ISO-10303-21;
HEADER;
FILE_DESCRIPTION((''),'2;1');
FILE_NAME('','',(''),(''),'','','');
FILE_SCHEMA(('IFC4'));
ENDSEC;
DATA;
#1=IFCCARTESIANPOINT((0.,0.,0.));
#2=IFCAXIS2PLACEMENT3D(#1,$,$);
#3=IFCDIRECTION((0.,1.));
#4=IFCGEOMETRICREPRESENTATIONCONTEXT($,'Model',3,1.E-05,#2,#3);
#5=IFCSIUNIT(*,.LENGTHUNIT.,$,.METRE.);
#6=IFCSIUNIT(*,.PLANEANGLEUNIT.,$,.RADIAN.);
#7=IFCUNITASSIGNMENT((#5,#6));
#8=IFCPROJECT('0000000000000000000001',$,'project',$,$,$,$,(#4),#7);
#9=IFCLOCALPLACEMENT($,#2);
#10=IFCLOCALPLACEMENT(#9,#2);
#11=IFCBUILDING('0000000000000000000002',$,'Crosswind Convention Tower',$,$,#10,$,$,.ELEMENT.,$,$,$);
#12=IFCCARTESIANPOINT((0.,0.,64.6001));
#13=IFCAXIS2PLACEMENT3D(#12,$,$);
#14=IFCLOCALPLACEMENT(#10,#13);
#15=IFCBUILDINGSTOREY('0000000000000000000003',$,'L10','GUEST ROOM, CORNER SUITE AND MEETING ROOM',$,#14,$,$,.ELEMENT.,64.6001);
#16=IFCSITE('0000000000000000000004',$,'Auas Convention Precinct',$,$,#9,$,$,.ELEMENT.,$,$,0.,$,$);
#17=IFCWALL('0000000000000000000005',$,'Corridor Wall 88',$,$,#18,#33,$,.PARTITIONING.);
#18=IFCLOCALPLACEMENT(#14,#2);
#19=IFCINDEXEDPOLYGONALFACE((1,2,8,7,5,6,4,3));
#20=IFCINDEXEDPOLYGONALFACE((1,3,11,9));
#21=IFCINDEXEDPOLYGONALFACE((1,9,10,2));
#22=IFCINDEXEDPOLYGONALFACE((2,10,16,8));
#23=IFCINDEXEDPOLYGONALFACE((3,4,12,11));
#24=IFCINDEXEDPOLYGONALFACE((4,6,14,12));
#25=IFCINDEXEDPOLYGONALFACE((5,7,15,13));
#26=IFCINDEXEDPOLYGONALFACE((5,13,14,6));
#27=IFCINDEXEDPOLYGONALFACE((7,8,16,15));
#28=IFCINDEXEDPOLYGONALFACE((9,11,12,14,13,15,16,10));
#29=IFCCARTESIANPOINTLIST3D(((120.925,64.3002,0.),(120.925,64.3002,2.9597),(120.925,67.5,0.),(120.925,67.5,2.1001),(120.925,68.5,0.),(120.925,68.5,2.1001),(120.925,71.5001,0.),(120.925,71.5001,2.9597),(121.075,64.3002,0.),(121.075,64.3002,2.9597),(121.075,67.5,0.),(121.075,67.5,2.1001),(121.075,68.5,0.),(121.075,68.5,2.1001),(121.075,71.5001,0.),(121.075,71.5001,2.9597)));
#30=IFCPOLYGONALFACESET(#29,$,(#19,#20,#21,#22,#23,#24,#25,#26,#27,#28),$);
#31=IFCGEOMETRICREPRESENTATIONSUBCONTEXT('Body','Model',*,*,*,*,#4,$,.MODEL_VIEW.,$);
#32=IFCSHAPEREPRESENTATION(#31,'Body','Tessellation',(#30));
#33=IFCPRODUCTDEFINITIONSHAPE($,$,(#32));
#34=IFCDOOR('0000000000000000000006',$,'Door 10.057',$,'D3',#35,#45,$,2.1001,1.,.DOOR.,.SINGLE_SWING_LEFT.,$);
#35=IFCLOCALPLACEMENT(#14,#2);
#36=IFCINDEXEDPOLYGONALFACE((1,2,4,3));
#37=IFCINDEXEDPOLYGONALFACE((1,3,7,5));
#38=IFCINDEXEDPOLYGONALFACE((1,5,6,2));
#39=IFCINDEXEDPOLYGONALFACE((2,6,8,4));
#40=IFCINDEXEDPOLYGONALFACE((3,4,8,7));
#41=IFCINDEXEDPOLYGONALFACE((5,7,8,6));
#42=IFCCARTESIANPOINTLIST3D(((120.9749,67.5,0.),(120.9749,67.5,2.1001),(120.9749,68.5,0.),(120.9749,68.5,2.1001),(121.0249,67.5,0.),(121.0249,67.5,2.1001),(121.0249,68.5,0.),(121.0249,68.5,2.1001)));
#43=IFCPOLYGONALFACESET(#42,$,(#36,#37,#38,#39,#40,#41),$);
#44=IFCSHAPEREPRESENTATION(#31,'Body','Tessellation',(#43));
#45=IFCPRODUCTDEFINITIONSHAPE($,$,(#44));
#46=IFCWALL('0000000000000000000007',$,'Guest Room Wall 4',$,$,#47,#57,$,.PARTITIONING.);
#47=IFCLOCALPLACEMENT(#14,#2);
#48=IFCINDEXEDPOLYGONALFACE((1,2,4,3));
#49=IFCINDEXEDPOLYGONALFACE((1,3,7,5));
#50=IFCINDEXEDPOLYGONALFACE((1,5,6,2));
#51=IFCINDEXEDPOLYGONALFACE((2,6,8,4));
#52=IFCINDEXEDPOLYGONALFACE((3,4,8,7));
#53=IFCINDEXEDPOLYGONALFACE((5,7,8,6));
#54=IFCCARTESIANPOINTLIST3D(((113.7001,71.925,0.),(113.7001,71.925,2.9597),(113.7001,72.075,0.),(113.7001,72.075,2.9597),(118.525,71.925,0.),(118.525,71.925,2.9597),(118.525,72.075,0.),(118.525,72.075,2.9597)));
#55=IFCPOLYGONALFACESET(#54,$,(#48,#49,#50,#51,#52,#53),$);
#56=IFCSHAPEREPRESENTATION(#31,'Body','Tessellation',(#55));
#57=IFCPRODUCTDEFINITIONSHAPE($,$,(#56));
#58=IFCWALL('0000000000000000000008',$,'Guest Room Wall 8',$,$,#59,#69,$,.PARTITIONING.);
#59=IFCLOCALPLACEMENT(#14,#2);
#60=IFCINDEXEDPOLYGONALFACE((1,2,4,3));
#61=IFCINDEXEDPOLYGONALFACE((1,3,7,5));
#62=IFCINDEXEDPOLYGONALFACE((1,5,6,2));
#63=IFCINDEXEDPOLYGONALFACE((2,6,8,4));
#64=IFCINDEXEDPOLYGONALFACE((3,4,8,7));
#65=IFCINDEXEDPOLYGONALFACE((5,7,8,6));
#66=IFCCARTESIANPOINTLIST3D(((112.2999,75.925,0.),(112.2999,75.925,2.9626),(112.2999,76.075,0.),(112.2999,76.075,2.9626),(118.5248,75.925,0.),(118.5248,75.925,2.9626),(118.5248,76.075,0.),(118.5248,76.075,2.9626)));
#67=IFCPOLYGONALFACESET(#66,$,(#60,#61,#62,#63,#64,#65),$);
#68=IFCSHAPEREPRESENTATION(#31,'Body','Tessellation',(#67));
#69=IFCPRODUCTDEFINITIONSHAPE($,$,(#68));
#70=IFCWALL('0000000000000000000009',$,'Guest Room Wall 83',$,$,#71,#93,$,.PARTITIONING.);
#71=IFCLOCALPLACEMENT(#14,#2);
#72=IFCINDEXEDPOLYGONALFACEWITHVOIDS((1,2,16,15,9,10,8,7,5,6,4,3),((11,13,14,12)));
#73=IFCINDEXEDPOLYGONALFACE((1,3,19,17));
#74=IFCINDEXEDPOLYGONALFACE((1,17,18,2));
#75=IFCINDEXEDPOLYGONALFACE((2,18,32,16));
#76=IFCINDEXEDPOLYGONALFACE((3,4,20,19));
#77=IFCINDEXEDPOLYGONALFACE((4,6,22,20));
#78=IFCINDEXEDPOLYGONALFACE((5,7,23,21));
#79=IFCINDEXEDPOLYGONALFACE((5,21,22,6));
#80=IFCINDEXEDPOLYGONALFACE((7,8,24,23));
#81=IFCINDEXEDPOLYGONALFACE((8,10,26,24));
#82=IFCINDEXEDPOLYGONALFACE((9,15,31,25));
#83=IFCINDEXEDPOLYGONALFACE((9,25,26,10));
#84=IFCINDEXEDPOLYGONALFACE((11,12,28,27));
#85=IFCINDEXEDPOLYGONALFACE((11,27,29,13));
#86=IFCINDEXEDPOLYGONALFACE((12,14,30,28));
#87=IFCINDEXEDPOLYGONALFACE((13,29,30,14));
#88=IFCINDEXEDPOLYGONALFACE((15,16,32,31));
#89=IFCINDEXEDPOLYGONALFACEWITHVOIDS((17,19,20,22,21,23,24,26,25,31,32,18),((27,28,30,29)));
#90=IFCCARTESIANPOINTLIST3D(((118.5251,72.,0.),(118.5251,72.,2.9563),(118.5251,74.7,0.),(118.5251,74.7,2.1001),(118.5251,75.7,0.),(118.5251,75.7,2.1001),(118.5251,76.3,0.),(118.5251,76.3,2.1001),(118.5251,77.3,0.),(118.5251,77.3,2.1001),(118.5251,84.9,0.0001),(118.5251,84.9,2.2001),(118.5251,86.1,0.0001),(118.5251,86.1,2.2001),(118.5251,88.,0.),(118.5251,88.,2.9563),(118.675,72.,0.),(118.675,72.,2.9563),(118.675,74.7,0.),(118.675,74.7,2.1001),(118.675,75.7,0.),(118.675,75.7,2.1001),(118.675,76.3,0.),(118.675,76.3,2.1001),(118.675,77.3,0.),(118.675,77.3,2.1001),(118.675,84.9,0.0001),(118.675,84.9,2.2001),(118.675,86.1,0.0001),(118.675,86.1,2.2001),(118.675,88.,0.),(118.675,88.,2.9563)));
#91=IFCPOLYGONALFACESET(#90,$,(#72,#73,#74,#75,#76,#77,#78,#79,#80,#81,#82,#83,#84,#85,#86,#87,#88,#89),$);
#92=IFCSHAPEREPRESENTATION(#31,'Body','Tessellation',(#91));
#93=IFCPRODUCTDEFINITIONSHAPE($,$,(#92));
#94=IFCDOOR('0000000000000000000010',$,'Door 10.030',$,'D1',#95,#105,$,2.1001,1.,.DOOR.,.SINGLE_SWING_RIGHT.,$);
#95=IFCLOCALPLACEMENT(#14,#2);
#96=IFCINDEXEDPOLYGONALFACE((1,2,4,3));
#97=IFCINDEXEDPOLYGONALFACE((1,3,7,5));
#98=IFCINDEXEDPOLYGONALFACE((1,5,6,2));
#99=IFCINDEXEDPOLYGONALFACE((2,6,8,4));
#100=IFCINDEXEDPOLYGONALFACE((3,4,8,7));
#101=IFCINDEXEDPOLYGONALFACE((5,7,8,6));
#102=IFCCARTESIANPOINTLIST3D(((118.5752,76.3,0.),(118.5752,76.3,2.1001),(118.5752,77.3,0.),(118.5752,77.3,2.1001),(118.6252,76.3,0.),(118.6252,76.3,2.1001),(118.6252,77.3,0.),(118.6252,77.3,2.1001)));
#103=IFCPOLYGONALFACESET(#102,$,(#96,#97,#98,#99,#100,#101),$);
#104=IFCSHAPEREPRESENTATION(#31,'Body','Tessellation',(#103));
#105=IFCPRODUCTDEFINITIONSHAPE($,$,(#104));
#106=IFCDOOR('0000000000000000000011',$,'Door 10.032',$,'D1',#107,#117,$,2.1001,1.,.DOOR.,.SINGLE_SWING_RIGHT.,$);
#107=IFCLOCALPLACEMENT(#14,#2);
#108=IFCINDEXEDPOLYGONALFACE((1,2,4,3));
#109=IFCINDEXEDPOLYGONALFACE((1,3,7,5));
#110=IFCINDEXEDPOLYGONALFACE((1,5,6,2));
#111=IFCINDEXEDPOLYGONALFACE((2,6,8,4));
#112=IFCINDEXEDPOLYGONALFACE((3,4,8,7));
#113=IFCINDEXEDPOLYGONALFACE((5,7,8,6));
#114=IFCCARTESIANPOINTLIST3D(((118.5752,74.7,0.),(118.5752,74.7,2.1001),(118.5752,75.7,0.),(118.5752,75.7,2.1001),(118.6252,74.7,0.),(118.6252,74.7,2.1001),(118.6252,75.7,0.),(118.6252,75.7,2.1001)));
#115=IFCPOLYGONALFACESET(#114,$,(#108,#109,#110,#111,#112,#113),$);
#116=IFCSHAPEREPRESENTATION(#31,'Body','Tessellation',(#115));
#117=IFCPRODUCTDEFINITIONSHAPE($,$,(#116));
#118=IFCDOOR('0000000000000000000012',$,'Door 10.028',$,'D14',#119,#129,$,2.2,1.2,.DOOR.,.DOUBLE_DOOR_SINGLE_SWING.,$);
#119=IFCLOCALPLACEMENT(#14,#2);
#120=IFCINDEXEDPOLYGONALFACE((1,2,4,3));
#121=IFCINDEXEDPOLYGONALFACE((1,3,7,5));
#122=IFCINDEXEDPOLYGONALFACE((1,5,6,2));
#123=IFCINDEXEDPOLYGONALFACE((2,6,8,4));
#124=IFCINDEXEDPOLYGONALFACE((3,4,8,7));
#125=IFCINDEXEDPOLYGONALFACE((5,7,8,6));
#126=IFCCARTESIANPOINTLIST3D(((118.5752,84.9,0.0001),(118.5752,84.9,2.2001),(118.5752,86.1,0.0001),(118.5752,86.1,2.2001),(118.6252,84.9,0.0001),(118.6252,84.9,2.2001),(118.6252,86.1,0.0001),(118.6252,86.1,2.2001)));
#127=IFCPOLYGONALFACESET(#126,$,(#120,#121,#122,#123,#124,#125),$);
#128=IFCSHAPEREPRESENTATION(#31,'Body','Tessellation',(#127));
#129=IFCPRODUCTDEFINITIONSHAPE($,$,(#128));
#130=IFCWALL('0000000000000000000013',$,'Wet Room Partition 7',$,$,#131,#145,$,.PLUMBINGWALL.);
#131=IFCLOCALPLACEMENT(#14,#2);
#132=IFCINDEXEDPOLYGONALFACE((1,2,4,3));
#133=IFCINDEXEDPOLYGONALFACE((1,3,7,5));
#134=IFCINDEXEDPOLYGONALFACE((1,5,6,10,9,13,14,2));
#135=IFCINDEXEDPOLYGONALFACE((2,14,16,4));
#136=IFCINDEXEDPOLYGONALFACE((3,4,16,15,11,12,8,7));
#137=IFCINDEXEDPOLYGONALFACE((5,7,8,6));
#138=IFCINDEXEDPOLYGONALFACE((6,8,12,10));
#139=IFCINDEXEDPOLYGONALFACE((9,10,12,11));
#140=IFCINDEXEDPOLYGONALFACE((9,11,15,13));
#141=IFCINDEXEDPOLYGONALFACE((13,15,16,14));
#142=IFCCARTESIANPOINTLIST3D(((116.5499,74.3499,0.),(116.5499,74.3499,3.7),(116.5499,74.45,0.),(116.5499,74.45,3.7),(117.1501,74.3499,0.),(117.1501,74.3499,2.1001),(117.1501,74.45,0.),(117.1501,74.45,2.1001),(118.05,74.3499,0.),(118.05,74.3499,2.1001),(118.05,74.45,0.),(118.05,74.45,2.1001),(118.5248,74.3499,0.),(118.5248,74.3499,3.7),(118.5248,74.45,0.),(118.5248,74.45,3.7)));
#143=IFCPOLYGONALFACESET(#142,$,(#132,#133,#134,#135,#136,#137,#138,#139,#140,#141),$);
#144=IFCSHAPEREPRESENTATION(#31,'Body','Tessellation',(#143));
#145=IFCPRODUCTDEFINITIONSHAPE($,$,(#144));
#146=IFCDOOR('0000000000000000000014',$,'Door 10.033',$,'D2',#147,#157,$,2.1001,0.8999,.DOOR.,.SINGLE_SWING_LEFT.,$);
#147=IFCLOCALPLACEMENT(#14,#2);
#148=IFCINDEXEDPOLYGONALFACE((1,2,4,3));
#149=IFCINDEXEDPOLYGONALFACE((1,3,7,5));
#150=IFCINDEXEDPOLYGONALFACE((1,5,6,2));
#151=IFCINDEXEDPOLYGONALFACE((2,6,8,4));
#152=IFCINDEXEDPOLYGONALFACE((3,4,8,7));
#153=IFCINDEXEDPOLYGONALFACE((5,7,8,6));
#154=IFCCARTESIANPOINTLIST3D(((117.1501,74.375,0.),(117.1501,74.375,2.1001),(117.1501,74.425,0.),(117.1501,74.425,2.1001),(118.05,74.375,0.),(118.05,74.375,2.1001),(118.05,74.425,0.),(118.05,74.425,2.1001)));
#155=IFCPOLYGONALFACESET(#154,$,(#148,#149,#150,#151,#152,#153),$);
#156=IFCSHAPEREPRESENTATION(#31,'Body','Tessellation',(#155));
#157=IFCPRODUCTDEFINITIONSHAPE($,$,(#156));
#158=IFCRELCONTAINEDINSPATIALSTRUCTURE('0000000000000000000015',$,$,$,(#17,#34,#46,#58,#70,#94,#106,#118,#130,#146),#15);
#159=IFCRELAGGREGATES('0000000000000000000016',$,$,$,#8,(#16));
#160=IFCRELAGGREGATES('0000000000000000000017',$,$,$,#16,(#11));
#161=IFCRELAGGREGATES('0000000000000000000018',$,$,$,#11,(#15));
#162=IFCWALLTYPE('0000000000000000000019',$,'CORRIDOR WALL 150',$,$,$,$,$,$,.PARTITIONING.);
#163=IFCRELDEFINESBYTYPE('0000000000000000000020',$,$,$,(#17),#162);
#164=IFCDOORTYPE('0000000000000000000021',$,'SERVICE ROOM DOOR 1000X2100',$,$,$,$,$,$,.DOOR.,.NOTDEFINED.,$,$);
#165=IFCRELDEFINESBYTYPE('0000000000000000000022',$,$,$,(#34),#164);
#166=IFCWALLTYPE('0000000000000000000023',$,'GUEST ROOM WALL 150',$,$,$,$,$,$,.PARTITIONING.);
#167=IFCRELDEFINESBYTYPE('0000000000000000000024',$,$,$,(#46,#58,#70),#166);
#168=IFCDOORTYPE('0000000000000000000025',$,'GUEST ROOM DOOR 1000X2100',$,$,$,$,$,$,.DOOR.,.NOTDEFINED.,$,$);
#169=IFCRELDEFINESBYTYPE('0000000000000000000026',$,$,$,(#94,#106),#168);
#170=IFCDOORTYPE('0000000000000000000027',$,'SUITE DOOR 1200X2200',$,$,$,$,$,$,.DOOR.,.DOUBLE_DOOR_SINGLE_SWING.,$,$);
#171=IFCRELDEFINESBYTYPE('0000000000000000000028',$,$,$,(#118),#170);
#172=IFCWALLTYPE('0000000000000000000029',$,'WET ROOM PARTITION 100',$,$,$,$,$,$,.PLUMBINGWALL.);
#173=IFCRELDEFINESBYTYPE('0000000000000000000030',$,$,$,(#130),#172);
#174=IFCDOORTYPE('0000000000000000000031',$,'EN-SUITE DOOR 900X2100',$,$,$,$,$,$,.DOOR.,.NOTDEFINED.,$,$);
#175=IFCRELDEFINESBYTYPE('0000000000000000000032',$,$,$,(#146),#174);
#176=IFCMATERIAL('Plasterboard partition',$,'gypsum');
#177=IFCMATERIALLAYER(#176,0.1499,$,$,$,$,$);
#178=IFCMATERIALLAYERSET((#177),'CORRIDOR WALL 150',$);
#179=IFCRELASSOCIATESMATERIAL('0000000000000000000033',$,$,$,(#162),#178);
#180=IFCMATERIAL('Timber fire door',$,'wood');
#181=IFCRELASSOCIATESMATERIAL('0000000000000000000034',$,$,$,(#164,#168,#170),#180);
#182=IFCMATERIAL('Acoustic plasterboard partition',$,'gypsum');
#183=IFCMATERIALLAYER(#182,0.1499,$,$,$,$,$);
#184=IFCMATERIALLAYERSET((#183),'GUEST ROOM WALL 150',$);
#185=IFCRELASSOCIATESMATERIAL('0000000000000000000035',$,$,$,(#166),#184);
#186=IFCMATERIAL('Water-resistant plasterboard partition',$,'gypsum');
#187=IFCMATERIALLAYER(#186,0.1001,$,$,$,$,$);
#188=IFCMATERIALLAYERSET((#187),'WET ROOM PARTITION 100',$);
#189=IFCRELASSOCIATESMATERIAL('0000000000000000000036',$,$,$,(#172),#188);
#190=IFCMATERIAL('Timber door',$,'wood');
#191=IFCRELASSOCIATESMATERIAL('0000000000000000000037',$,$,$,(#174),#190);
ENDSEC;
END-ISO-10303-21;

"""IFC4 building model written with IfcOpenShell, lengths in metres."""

from ifc_helpers import new_model, si_unit, direction, frame, frame_2d, origin, place, context, subcontext, project, spatial, rectangle, extrude, material, layer, layer_set, type_object, element, fill, save


model = new_model("IFC4")

# Units and contexts
model_context = context("Model", 3, precision=1e-05, world=origin(), true_north=direction((0.0, 1.0)))
body_context = subcontext(model_context, "Body", "Model", "MODEL_VIEW")
ifc_project = project(units=[si_unit("LENGTHUNIT", "METRE"), si_unit("PLANEANGLEUNIT", "RADIAN")], contexts=[model_context])

# Site, building, storey
site_placement = place(None, origin())
site = spatial("IfcSite", under=ifc_project, at=site_placement, Name="Auas Convention Precinct", CompositionType="ELEMENT", RefElevation=0.0)
building_placement = place(site_placement, origin())
building = spatial("IfcBuilding", under=site, at=building_placement, Name="Crosswind Convention Tower", CompositionType="ELEMENT")
storey_placement = place(building_placement, frame((0.0, 0.0, 64.6001)))
storey = spatial("IfcBuildingStorey", under=building, at=storey_placement, Name="L10", Description="GUEST ROOM, CORNER SUITE AND MEETING ROOM", CompositionType="ELEMENT", Elevation=64.6001)

# Wall, opening, door
ifc_material_1 = material(Name="Plasterboard partition", Category="gypsum")
ifc_layer_1 = layer(ifc_material_1, 0.1499)
ifc_layer_set_1 = layer_set([ifc_layer_1], Name="CORRIDOR WALL 150")
wall_type_1 = type_object("IfcWallType", Name="CORRIDOR WALL 150", PredefinedType="PARTITIONING", material=ifc_layer_set_1)
wall_1_placement = place(storey_placement, frame((121.0, 64.3, 0.0), z_axis=(0.0, 0.0, 1.0), x_axis=(0.0, 1.0, 0.0)))
wall_1 = element("IfcWall", 1, at=wall_1_placement, inside=storey, type_object=wall_type_1, Name="Corridor Wall 88", PredefinedType="PARTITIONING", context=body_context, shape_type="SweptSolid", body=[
    extrude(rectangle(XDim=7.2, YDim=0.1499, at=frame_2d((3.6001, 0.0))), origin(), (0.0, 0.0, 1.0), 2.9597),
])
opening_1_placement = place(wall_1_placement, frame((3.2, 0.0, 0.0)))
opening_1 = element("IfcOpeningElement", 2, at=opening_1_placement, cuts=wall_1, PredefinedType="OPENING", context=body_context, shape_type="SweptSolid", body=[
    extrude(rectangle(XDim=1.0, YDim=2.1001, at=frame_2d((0.5, 1.05))), frame((0.0, 0.085, 0.0), z_axis=(0.0, -1.0, 0.0), x_axis=(1.0, 0.0, 0.0)), (0.0, 0.0, 1.0), 0.1699),
])
ifc_material_2 = material(Name="Timber fire door", Category="wood")
door_type_1 = type_object("IfcDoorType", Name="SERVICE ROOM DOOR 1000X2100", OperationType="NOTDEFINED", PredefinedType="DOOR", material=ifc_material_2)
door_1_placement = place(opening_1_placement, frame((1.0, 0.0, 0.0), z_axis=(0.0, 0.0, 1.0), x_axis=(-1.0, 0.0, 0.0)))
door_1 = element("IfcDoor", 3, at=door_1_placement, inside=storey, type_object=door_type_1, Name="Door 10.057", ObjectType="D3", OperationType="SINGLE_SWING_LEFT", OverallHeight=2.1001, OverallWidth=1.0, PredefinedType="DOOR", context=body_context, shape_type="SweptSolid", body=[
    extrude(rectangle(XDim=1.0, YDim=2.1001, at=frame_2d((0.5, 1.05))), frame((0.0, 0.0249, 0.0), z_axis=(0.0, -1.0, 0.0), x_axis=(1.0, 0.0, 0.0)), (0.0, 0.0, 1.0), 0.05),
])
fill(opening_1, door_1)

# Walls
ifc_material_3 = material(Name="Acoustic plasterboard partition", Category="gypsum")
ifc_layer_2 = layer(ifc_material_3, 0.1499)
ifc_layer_set_2 = layer_set([ifc_layer_2], Name="GUEST ROOM WALL 150")
wall_type_2 = type_object("IfcWallType", Name="GUEST ROOM WALL 150", PredefinedType="PARTITIONING", material=ifc_layer_set_2)
wall_2_placement = place(storey_placement, frame((113.7, 72.0, 0.0), z_axis=(0.0, 0.0, 1.0), x_axis=(1.0, 0.0, 0.0)))
element("IfcWall", 4, at=wall_2_placement, inside=storey, type_object=wall_type_2, Name="Guest Room Wall 4", PredefinedType="PARTITIONING", context=body_context, shape_type="SweptSolid", body=[
    extrude(rectangle(XDim=4.825, YDim=0.1499, at=frame_2d((2.4126, 0.0))), origin(), (0.0, 0.0, 1.0), 2.9597),
])
wall_3_placement = place(storey_placement, frame((112.3, 76.0, 0.0), z_axis=(0.0, 0.0, 1.0), x_axis=(1.0, 0.0, 0.0)))
element("IfcWall", 5, at=wall_3_placement, inside=storey, type_object=wall_type_2, Name="Guest Room Wall 8", PredefinedType="PARTITIONING", context=body_context, shape_type="SweptSolid", body=[
    extrude(rectangle(XDim=6.2249, YDim=0.1499, at=frame_2d((3.1123, 0.0))), origin(), (0.0, 0.0, 1.0), 2.9626),
])

# Wall, openings, doors
wall_4_placement = place(storey_placement, frame((118.6001, 72.0, 0.0), z_axis=(0.0, 0.0, 1.0), x_axis=(0.0, 1.0, 0.0)))
wall_4 = element("IfcWall", 6, at=wall_4_placement, inside=storey, type_object=wall_type_2, Name="Guest Room Wall 83", PredefinedType="PARTITIONING", context=body_context, shape_type="SweptSolid", body=[
    extrude(rectangle(XDim=16.0, YDim=0.1499, at=frame_2d((8.0, 0.0))), origin(), (0.0, 0.0, 1.0), 2.9563),
])
opening_2_placement = place(wall_4_placement, frame((12.8999, 0.0, 0.0)))
opening_2 = element("IfcOpeningElement", 7, at=opening_2_placement, cuts=wall_4, PredefinedType="OPENING", context=body_context, shape_type="SweptSolid", body=[
    extrude(rectangle(XDim=1.2, YDim=2.2, at=frame_2d((0.6001, 1.1001))), frame((0.0, 0.085, 0.0), z_axis=(0.0, -1.0, 0.0), x_axis=(1.0, 0.0, 0.0)), (0.0, 0.0, 1.0), 0.1699),
])
opening_3_placement = place(wall_4_placement, frame((4.3, 0.0, 0.0)))
opening_3 = element("IfcOpeningElement", 8, at=opening_3_placement, cuts=wall_4, PredefinedType="OPENING", context=body_context, shape_type="SweptSolid", body=[
    extrude(rectangle(XDim=1.0, YDim=2.1001, at=frame_2d((0.5, 1.05))), frame((0.0, 0.085, 0.0), z_axis=(0.0, -1.0, 0.0), x_axis=(1.0, 0.0, 0.0)), (0.0, 0.0, 1.0), 0.1699),
])
opening_4_placement = place(wall_4_placement, frame((2.7, 0.0, 0.0)))
opening_4 = element("IfcOpeningElement", 9, at=opening_4_placement, cuts=wall_4, PredefinedType="OPENING", context=body_context, shape_type="SweptSolid", body=[
    extrude(rectangle(XDim=1.0, YDim=2.1001, at=frame_2d((0.5, 1.05))), frame((0.0, 0.085, 0.0), z_axis=(0.0, -1.0, 0.0), x_axis=(1.0, 0.0, 0.0)), (0.0, 0.0, 1.0), 0.1699),
])
door_type_2 = type_object("IfcDoorType", Name="GUEST ROOM DOOR 1000X2100", OperationType="NOTDEFINED", PredefinedType="DOOR", material=ifc_material_2)
door_2_placement = place(opening_3_placement, origin())
door_2 = element("IfcDoor", 10, at=door_2_placement, inside=storey, type_object=door_type_2, Name="Door 10.030", ObjectType="D1", OperationType="SINGLE_SWING_RIGHT", OverallHeight=2.1001, OverallWidth=1.0, PredefinedType="DOOR", context=body_context, shape_type="SweptSolid", body=[
    extrude(rectangle(XDim=1.0, YDim=2.1001, at=frame_2d((0.5, 1.05))), frame((0.0, 0.0249, 0.0), z_axis=(0.0, -1.0, 0.0), x_axis=(1.0, 0.0, 0.0)), (0.0, 0.0, 1.0), 0.05),
])
fill(opening_3, door_2)
door_3_placement = place(opening_4_placement, origin())
door_3 = element("IfcDoor", 11, at=door_3_placement, inside=storey, type_object=door_type_2, Name="Door 10.032", ObjectType="D1", OperationType="SINGLE_SWING_RIGHT", OverallHeight=2.1001, OverallWidth=1.0, PredefinedType="DOOR", context=body_context, shape_type="SweptSolid", body=[
    extrude(rectangle(XDim=1.0, YDim=2.1001, at=frame_2d((0.5, 1.05))), frame((0.0, 0.0249, 0.0), z_axis=(0.0, -1.0, 0.0), x_axis=(1.0, 0.0, 0.0)), (0.0, 0.0, 1.0), 0.05),
])
fill(opening_4, door_3)
door_type_3 = type_object("IfcDoorType", Name="SUITE DOOR 1200X2200", OperationType="DOUBLE_DOOR_SINGLE_SWING", PredefinedType="DOOR", material=ifc_material_2)
door_4_placement = place(opening_2_placement, origin())
door_4 = element("IfcDoor", 12, at=door_4_placement, inside=storey, type_object=door_type_3, Name="Door 10.028", ObjectType="D14", OperationType="DOUBLE_DOOR_SINGLE_SWING", OverallHeight=2.2, OverallWidth=1.2, PredefinedType="DOOR", context=body_context, shape_type="SweptSolid", body=[
    extrude(rectangle(XDim=1.2, YDim=2.2, at=frame_2d((0.6001, 1.1001))), frame((0.0, 0.0249, 0.0), z_axis=(0.0, -1.0, 0.0), x_axis=(1.0, 0.0, 0.0)), (0.0, 0.0, 1.0), 0.05),
])
fill(opening_2, door_4)

# Wall, opening, door
ifc_material_4 = material(Name="Water-resistant plasterboard partition", Category="gypsum")
ifc_layer_3 = layer(ifc_material_4, 0.1001)
ifc_layer_set_3 = layer_set([ifc_layer_3], Name="WET ROOM PARTITION 100")
wall_type_3 = type_object("IfcWallType", Name="WET ROOM PARTITION 100", PredefinedType="PLUMBINGWALL", material=ifc_layer_set_3)
wall_5_placement = place(storey_placement, frame((116.55, 74.3999, 0.0), z_axis=(0.0, 0.0, 1.0), x_axis=(1.0, 0.0, 0.0)))
wall_5 = element("IfcWall", 13, at=wall_5_placement, inside=storey, type_object=wall_type_3, Name="Wet Room Partition 7", PredefinedType="PLUMBINGWALL", context=body_context, shape_type="SweptSolid", body=[
    extrude(rectangle(XDim=1.9749, YDim=0.1001, at=frame_2d((0.9873, 0.0))), origin(), (0.0, 0.0, 1.0), 3.7),
])
opening_5_placement = place(wall_5_placement, frame((0.6001, 0.0, 0.0)))
opening_5 = element("IfcOpeningElement", 14, at=opening_5_placement, cuts=wall_5, PredefinedType="OPENING", context=body_context, shape_type="SweptSolid", body=[
    extrude(rectangle(XDim=0.8999, YDim=2.1001, at=frame_2d((0.45, 1.05))), frame((0.0, 0.0601, 0.0), z_axis=(0.0, -1.0, 0.0), x_axis=(1.0, 0.0, 0.0)), (0.0, 0.0, 1.0), 0.1201),
])
ifc_material_5 = material(Name="Timber door", Category="wood")
door_type_4 = type_object("IfcDoorType", Name="EN-SUITE DOOR 900X2100", OperationType="NOTDEFINED", PredefinedType="DOOR", material=ifc_material_5)
door_5_placement = place(opening_5_placement, frame((0.8999, 0.0, 0.0), z_axis=(0.0, 0.0, 1.0), x_axis=(-1.0, 0.0, 0.0)))
door_5 = element("IfcDoor", 15, at=door_5_placement, inside=storey, type_object=door_type_4, Name="Door 10.033", ObjectType="D2", OperationType="SINGLE_SWING_LEFT", OverallHeight=2.1001, OverallWidth=0.8999, PredefinedType="DOOR", context=body_context, shape_type="SweptSolid", body=[
    extrude(rectangle(XDim=0.8999, YDim=2.1001, at=frame_2d((0.45, 1.05))), frame((0.0, 0.0249, 0.0), z_axis=(0.0, -1.0, 0.0), x_axis=(1.0, 0.0, 0.0)), (0.0, 0.0, 1.0), 0.05),
])
fill(opening_5, door_5)

save(model, "model.ifc")
